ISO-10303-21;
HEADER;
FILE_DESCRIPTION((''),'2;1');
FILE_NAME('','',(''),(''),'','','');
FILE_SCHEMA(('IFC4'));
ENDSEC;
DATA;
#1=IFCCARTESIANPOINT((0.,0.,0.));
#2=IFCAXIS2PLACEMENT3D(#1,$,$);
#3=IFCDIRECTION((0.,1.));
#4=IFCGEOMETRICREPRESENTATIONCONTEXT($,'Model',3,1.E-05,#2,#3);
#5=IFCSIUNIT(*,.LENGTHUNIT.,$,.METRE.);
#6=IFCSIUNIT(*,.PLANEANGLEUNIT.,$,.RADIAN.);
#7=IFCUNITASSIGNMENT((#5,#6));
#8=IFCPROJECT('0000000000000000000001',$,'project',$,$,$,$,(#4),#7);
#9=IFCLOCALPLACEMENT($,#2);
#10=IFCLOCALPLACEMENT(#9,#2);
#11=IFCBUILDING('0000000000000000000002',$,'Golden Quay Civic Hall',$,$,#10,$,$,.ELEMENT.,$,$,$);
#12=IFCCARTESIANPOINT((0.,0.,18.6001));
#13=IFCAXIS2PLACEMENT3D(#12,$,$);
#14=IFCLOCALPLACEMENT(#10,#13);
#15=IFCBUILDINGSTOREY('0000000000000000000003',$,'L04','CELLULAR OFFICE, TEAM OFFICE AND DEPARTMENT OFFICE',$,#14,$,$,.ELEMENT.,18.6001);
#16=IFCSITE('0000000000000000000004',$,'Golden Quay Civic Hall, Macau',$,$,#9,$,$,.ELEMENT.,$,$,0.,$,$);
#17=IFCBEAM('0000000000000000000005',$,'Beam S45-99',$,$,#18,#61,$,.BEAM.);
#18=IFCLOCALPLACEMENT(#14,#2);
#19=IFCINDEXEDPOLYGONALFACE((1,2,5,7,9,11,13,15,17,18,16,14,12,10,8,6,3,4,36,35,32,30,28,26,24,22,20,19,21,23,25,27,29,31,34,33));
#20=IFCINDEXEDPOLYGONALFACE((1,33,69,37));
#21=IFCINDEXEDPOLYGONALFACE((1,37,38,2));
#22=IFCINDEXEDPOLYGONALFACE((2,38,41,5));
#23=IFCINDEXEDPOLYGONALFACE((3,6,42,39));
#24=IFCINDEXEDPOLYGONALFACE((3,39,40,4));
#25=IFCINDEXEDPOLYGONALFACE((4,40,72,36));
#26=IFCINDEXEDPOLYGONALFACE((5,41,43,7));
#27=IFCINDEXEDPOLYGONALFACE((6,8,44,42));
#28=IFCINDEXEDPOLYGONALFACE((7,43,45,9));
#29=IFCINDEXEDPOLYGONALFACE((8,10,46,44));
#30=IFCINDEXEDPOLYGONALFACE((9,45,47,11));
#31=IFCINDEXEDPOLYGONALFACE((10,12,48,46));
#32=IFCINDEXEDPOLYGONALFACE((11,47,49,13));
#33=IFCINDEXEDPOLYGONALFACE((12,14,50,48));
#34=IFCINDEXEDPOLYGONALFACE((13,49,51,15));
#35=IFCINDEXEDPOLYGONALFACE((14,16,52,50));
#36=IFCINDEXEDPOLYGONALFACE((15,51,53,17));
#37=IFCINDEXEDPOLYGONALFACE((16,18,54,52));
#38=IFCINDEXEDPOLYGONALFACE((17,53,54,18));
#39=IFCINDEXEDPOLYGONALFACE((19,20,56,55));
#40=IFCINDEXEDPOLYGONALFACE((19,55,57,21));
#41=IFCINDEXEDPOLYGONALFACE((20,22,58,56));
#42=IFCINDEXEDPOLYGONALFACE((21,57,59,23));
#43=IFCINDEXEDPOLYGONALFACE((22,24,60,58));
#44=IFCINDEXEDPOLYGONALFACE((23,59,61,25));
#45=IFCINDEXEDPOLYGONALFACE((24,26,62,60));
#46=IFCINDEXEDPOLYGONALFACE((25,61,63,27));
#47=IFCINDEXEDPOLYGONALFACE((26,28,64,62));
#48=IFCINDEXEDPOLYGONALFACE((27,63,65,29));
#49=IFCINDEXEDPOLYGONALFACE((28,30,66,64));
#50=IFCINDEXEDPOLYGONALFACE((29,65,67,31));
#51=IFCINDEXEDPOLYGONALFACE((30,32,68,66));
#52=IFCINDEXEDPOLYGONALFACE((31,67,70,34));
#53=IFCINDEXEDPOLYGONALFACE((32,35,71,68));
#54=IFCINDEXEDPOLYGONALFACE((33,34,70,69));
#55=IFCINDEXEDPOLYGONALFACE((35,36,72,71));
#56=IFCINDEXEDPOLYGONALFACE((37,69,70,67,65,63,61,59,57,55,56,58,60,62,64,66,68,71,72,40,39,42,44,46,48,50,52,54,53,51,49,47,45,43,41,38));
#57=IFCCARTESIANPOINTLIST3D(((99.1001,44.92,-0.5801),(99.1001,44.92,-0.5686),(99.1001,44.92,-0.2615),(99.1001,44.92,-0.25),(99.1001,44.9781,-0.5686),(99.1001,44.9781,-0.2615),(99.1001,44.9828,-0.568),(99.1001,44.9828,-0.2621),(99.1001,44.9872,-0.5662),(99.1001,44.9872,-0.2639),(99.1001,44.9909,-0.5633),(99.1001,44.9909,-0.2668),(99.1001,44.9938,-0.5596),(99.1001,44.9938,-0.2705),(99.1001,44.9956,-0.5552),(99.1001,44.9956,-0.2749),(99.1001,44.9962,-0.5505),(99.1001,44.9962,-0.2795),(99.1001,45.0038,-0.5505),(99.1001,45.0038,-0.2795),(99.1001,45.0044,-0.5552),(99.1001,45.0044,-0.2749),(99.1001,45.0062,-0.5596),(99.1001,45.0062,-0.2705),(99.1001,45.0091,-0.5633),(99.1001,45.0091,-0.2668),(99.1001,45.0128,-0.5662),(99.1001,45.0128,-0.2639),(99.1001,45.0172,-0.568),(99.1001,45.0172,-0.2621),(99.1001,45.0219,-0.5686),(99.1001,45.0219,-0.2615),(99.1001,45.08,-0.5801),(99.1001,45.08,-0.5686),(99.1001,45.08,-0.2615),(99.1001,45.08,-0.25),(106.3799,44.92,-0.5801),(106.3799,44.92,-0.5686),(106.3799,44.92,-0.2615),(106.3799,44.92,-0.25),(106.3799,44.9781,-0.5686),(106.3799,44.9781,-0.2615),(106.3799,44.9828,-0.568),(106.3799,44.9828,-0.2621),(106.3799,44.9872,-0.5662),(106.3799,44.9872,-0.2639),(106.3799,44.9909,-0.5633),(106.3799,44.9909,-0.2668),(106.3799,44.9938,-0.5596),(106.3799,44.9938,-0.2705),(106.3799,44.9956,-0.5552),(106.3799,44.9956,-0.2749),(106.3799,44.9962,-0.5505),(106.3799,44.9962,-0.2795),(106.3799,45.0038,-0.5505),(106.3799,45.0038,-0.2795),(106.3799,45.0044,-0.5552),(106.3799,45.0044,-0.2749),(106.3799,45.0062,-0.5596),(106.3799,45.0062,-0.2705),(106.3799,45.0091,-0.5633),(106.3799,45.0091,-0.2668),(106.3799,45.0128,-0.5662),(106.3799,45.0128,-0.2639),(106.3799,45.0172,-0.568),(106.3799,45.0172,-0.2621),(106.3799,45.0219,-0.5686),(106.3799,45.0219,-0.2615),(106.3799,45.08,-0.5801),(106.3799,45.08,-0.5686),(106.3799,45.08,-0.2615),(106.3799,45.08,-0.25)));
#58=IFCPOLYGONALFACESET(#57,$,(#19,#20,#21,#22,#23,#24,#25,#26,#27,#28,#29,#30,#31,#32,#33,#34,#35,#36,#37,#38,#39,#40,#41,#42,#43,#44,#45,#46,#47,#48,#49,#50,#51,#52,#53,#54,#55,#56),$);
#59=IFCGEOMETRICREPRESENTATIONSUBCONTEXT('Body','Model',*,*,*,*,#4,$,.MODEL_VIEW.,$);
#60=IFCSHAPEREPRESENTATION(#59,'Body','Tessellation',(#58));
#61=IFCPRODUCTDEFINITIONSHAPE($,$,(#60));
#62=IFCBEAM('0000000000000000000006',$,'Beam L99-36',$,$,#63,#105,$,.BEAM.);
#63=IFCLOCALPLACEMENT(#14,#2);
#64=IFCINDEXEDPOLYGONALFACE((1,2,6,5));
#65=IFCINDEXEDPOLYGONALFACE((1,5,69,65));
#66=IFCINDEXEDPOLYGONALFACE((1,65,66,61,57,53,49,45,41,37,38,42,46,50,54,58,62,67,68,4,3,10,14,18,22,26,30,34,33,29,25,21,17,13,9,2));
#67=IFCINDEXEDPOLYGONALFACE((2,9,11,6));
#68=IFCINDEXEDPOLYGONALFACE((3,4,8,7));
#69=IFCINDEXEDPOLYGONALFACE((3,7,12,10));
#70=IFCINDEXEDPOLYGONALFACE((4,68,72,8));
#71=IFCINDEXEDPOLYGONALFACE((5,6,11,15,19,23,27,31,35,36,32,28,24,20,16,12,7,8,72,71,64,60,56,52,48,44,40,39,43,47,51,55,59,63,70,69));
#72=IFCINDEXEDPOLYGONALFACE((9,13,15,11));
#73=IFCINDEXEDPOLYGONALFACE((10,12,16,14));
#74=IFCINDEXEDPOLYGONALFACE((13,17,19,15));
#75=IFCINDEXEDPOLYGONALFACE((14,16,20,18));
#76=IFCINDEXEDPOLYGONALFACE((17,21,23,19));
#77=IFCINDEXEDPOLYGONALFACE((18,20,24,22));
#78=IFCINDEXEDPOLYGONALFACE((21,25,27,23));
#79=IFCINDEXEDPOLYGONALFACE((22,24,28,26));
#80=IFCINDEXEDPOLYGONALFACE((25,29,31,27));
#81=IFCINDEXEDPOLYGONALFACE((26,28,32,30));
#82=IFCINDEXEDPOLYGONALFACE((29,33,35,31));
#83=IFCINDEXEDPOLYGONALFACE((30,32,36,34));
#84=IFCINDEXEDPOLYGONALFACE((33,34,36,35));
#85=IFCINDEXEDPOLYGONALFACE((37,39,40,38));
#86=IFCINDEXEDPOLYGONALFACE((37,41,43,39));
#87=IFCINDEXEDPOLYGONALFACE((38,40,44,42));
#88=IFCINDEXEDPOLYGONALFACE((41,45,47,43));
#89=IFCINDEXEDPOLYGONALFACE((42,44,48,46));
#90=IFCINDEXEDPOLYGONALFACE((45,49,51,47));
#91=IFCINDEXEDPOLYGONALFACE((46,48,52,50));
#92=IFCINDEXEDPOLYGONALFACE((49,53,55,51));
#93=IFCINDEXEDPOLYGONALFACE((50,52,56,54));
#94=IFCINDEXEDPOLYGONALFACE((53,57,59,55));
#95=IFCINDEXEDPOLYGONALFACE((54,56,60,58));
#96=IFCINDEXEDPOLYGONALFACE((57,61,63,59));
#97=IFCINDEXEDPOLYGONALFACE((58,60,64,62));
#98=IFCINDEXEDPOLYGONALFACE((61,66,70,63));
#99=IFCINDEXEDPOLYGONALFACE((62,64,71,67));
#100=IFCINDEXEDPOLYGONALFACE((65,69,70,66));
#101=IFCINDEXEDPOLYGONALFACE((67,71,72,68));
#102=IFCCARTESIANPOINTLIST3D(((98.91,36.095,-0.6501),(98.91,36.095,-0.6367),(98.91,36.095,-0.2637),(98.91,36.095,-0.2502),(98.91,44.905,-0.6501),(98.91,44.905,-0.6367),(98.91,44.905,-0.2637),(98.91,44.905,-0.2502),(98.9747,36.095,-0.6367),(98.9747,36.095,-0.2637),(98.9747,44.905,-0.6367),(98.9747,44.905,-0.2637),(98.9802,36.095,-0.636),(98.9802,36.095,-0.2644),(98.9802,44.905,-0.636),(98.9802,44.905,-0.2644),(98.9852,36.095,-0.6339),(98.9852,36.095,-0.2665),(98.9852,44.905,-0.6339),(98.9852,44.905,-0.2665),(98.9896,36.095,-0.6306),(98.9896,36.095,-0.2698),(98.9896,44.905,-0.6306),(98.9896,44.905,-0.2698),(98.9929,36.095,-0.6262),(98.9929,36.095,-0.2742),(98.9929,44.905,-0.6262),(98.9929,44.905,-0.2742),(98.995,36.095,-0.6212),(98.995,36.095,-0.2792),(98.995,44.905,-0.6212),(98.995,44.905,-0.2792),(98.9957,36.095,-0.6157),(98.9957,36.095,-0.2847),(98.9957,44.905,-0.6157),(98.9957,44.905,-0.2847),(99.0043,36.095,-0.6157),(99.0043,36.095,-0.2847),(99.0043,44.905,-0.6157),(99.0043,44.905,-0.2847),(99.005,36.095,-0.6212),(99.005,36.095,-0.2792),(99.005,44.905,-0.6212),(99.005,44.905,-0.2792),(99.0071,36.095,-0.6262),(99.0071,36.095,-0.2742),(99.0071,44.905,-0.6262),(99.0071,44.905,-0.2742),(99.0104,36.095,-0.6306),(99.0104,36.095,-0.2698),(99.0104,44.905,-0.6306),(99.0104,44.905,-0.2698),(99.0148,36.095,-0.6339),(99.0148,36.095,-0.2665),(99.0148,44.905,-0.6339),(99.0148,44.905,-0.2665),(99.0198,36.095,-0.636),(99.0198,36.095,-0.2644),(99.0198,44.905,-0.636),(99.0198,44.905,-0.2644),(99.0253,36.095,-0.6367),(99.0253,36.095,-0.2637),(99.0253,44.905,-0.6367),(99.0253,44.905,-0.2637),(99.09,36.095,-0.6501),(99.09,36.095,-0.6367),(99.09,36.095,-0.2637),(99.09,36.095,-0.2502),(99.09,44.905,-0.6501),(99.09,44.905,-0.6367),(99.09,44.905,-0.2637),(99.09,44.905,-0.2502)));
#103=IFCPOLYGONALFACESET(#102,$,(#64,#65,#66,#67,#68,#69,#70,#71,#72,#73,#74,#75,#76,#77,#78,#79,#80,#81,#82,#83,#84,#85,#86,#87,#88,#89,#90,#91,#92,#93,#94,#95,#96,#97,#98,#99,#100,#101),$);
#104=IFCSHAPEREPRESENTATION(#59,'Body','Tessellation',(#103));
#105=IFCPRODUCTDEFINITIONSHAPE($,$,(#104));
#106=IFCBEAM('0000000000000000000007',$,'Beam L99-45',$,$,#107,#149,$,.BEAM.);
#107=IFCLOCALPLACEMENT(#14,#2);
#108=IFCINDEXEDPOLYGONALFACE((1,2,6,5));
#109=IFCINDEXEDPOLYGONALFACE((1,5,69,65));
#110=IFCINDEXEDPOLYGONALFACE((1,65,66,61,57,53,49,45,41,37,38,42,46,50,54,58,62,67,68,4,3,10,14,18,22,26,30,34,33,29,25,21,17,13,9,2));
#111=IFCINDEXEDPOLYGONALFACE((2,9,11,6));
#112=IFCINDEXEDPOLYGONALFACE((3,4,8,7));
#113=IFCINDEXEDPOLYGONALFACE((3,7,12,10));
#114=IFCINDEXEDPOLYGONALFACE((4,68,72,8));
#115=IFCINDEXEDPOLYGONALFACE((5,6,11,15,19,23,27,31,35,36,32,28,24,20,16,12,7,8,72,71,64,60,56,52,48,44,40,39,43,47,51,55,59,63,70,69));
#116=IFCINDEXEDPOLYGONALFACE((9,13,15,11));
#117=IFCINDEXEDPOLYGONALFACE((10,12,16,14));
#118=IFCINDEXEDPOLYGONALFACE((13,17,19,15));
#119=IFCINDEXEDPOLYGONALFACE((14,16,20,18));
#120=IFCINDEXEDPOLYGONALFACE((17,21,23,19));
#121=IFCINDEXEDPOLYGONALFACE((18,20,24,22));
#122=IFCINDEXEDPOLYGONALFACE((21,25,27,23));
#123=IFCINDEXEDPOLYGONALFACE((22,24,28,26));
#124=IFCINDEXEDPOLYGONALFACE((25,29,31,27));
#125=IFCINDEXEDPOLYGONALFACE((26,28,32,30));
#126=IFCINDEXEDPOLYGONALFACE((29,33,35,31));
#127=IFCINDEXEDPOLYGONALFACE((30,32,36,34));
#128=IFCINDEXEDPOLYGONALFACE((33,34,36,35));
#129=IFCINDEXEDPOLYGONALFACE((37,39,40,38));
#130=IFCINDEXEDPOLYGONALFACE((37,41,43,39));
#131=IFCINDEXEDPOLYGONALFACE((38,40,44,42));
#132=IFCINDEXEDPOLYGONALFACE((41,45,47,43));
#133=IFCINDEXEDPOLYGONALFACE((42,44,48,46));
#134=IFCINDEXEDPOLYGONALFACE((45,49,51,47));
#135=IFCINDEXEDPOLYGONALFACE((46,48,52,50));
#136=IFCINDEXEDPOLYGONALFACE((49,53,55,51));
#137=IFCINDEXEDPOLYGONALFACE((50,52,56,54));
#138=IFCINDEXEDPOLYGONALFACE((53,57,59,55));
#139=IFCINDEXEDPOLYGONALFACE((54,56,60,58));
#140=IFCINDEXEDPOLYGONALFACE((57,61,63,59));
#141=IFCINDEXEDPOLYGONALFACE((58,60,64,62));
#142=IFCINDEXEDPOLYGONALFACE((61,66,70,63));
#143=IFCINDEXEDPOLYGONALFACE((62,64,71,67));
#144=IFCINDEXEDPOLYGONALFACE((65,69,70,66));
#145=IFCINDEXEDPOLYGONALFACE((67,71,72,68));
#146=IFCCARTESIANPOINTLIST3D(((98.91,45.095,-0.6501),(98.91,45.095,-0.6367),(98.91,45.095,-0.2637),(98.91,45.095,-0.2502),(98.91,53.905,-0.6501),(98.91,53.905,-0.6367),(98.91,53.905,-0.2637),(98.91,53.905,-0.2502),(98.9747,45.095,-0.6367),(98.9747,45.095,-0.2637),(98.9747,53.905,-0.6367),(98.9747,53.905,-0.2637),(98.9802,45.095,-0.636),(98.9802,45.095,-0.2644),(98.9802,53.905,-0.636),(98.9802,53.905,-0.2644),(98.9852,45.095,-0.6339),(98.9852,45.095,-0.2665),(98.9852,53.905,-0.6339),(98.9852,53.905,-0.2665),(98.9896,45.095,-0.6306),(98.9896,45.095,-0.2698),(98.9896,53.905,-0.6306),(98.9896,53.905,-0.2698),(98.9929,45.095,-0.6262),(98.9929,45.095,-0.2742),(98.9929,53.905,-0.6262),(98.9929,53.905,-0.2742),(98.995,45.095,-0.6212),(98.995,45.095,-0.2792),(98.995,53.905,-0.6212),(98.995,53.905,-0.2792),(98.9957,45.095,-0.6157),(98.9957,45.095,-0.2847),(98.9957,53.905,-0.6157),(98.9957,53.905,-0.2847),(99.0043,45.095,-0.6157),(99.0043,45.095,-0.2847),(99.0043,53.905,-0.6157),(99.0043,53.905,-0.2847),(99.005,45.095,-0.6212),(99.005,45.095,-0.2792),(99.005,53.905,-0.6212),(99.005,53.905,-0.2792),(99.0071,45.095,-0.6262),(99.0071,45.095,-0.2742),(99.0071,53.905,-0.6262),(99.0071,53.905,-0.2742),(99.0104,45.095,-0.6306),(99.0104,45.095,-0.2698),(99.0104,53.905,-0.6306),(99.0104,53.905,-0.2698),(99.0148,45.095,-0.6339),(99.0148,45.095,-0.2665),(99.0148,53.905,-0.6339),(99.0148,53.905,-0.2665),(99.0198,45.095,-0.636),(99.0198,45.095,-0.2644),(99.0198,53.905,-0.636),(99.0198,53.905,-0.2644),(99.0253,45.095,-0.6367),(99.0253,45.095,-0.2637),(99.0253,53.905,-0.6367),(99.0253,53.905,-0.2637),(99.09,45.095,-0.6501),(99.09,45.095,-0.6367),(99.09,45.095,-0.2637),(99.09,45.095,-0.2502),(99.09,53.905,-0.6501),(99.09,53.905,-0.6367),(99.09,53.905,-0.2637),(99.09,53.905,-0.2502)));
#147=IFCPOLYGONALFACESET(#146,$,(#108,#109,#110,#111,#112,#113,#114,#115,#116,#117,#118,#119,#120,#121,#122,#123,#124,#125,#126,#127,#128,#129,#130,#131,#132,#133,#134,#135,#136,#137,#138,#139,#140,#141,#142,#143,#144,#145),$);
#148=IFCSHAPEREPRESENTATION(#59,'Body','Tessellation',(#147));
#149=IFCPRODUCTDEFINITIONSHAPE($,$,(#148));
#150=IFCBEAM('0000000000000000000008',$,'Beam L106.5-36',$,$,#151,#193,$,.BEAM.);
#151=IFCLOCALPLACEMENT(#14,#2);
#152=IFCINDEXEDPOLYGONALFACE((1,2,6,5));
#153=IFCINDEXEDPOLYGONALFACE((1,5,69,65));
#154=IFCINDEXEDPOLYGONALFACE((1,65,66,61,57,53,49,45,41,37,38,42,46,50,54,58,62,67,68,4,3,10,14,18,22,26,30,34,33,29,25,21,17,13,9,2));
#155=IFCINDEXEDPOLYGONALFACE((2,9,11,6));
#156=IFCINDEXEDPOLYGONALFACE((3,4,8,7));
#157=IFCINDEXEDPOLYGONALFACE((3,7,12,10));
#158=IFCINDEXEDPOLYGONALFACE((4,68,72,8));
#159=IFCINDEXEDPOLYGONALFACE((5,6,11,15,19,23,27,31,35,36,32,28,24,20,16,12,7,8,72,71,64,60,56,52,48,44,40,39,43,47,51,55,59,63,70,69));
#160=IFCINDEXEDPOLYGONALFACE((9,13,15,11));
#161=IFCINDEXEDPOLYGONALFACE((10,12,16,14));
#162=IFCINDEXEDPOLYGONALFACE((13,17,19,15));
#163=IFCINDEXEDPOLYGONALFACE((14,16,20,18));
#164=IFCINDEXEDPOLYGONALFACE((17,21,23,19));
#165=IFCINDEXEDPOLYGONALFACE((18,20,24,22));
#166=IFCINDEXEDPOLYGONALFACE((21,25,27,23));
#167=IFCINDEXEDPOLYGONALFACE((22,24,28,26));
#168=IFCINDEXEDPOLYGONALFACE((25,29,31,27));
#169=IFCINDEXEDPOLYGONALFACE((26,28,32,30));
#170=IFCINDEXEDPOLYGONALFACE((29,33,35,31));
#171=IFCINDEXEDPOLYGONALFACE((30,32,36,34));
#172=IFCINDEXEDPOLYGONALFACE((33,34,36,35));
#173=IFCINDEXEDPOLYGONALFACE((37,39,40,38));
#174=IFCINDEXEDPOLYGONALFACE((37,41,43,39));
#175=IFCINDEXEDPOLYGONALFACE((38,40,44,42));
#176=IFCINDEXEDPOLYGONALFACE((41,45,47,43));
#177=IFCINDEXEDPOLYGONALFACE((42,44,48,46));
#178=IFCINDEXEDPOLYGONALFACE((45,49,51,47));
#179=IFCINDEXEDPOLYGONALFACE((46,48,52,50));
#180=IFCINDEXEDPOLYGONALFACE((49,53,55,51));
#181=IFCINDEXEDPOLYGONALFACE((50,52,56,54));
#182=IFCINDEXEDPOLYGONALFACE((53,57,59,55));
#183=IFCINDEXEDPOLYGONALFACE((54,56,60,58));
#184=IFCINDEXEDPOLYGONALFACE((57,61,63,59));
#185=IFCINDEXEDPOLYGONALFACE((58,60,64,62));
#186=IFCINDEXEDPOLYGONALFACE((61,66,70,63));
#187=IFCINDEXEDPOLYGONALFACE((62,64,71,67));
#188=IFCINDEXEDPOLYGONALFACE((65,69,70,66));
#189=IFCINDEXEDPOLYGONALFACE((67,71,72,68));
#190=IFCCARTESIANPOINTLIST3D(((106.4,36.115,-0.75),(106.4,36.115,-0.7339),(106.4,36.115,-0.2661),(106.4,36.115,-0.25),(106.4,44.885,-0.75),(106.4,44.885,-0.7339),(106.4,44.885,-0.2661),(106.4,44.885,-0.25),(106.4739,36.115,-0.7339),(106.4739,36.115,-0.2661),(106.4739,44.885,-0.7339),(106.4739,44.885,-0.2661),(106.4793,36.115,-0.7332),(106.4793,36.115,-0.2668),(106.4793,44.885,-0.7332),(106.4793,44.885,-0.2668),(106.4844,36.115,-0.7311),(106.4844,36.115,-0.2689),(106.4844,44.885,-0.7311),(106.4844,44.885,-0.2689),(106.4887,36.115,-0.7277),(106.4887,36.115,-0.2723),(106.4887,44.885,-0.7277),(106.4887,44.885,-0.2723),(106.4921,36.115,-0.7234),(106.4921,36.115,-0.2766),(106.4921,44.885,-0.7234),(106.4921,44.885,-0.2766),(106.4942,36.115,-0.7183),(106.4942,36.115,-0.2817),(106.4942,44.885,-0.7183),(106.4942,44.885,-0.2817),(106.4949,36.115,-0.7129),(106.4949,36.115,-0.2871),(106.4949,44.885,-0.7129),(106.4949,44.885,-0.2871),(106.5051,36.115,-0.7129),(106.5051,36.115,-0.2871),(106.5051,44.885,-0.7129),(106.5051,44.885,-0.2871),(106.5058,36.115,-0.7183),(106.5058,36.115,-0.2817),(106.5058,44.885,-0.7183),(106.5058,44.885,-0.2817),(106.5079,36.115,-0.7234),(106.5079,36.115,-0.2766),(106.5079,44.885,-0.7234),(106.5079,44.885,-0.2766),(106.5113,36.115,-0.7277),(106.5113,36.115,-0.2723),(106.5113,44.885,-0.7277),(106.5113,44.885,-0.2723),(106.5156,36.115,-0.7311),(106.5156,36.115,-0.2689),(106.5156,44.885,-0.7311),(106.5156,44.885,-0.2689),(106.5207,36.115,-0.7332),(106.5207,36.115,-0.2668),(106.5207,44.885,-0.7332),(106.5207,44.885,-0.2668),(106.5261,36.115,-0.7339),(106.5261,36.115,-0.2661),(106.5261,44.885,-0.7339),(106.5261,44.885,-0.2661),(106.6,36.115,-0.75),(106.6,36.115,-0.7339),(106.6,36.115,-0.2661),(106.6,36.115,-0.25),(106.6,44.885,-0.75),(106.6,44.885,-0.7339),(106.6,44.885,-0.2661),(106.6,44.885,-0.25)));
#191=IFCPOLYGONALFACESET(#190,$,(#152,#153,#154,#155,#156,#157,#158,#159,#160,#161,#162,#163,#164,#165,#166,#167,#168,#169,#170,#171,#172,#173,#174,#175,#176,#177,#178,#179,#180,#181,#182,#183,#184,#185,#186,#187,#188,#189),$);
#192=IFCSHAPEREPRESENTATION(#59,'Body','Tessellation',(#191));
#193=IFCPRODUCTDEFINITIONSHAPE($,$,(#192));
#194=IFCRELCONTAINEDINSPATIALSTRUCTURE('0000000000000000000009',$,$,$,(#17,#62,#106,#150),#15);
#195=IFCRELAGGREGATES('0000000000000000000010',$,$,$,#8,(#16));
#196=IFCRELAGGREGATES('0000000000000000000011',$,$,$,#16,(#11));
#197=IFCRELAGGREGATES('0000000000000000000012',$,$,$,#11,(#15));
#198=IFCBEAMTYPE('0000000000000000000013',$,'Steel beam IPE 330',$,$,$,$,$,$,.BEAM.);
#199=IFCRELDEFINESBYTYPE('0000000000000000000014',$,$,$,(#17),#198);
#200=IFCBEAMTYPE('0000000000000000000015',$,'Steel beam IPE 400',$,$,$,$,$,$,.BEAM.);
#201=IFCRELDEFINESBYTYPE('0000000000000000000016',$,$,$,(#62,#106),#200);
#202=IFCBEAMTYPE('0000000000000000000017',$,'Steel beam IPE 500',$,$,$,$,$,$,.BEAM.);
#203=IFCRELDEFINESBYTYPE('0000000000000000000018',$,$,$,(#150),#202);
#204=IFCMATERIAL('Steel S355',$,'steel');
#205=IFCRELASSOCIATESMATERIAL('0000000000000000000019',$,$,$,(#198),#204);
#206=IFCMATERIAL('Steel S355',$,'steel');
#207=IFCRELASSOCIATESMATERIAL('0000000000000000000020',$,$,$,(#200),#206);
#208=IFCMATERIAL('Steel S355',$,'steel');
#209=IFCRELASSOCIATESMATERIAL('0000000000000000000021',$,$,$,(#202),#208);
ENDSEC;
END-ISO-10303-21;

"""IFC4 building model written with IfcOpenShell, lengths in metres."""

from ifc_helpers import new_model, si_unit, direction, frame, origin, origin_2d, place, context, subcontext, project, spatial, i_section, extrude, material, material_profile, profile_set, type_object, element, save


model = new_model("IFC4")

# Units and contexts
model_context = context("Model", 3, precision=1e-05, world=origin(), true_north=direction((0.0, 1.0)))
body_context = subcontext(model_context, "Body", "Model", "MODEL_VIEW")
ifc_project = project(units=[si_unit("LENGTHUNIT", "METRE"), si_unit("PLANEANGLEUNIT", "RADIAN")], contexts=[model_context])

# Site, building, storey
site_placement = place(None, origin())
site = spatial("IfcSite", under=ifc_project, at=site_placement, Name="Golden Quay Civic Hall, Macau", CompositionType="ELEMENT", RefElevation=0.0)
building_placement = place(site_placement, origin())
building = spatial("IfcBuilding", under=site, at=building_placement, Name="Golden Quay Civic Hall", CompositionType="ELEMENT")
storey_placement = place(building_placement, frame((0.0, 0.0, 18.6001)))
storey = spatial("IfcBuildingStorey", under=building, at=storey_placement, Name="L04", Description="CELLULAR OFFICE, TEAM OFFICE AND DEPARTMENT OFFICE", CompositionType="ELEMENT", Elevation=18.6001)

# Beams
ifc_material_1 = material(Name="Steel S355", Category="steel")
ifc_material_profile_1 = material_profile(ifc_material_1, i_section(OverallWidth=0.1599, OverallDepth=0.3301, WebThickness=0.0076, FlangeThickness=0.0115, FilletRadius=0.0181, at=origin_2d()), Name="IPE 330")
ifc_profile_set_1 = profile_set([ifc_material_profile_1], Name="Steel S355")
beam_type_1 = type_object("IfcBeamType", Name="Steel beam IPE 330", PredefinedType="BEAM", material=ifc_profile_set_1)
beam_1_placement = place(storey_placement, frame((99.1001, 45.0, -0.415), z_axis=(1.0, 0.0, 0.0), x_axis=(0.0, 1.0, 0.0)))
element("IfcBeam", 1, at=beam_1_placement, inside=storey, type_object=beam_type_1, Name="Beam S45-99", PredefinedType="BEAM", context=body_context, shape_type="SweptSolid", body=[
    extrude(i_section(OverallWidth=0.1599, OverallDepth=0.3301, WebThickness=0.0076, FlangeThickness=0.0115, FilletRadius=0.0181, at=origin_2d()), origin(), (0.0, 0.0, 1.0), 7.2798),
])
ifc_material_2 = material(Name="Steel S355", Category="steel")
ifc_material_profile_2 = material_profile(ifc_material_2, i_section(OverallWidth=0.1799, OverallDepth=0.3999, WebThickness=0.0085, FlangeThickness=0.0134, FilletRadius=0.021, at=origin_2d()), Name="IPE 400")
ifc_profile_set_2 = profile_set([ifc_material_profile_2], Name="Steel S355")
beam_type_2 = type_object("IfcBeamType", Name="Steel beam IPE 400", PredefinedType="BEAM", material=ifc_profile_set_2)
for number, where, z_axis, x_axis, name in (
    (2, (99.0, 36.095, -0.4502), (0.0, 1.0, 0.0), (-1.0, 0.0, 0.0), "Beam L99-36"),
    (3, (99.0, 45.095, -0.4502), (0.0, 1.0, 0.0), (-1.0, 0.0, 0.0), "Beam L99-45"),
):
    element("IfcBeam", number, at=place(storey_placement, frame(where, z_axis=z_axis, x_axis=x_axis)), inside=storey, type_object=beam_type_2, Name=name, PredefinedType="BEAM", context=body_context, shape_type="SweptSolid", body=[
        extrude(i_section(OverallWidth=0.1799, OverallDepth=0.3999, WebThickness=0.0085, FlangeThickness=0.0134, FilletRadius=0.021, at=origin_2d()), origin(), (0.0, 0.0, 1.0), 8.8101),
    ])
ifc_material_3 = material(Name="Steel S355", Category="steel")
ifc_material_profile_3 = material_profile(ifc_material_3, i_section(OverallWidth=0.2, OverallDepth=0.5, WebThickness=0.0103, FlangeThickness=0.0161, FilletRadius=0.021, at=origin_2d()), Name="IPE 500")
ifc_profile_set_3 = profile_set([ifc_material_profile_3], Name="Steel S355")
beam_type_3 = type_object("IfcBeamType", Name="Steel beam IPE 500", PredefinedType="BEAM", material=ifc_profile_set_3)
beam_2_placement = place(storey_placement, frame((106.5, 36.115, -0.5), z_axis=(0.0, 1.0, 0.0), x_axis=(-1.0, 0.0, 0.0)))
element("IfcBeam", 4, at=beam_2_placement, inside=storey, type_object=beam_type_3, Name="Beam L106.5-36", PredefinedType="BEAM", context=body_context, shape_type="SweptSolid", body=[
    extrude(i_section(OverallWidth=0.2, OverallDepth=0.5, WebThickness=0.0103, FlangeThickness=0.0161, FilletRadius=0.021, at=origin_2d()), origin(), (0.0, 0.0, 1.0), 8.77),
])

save(model, "model.ifc")
